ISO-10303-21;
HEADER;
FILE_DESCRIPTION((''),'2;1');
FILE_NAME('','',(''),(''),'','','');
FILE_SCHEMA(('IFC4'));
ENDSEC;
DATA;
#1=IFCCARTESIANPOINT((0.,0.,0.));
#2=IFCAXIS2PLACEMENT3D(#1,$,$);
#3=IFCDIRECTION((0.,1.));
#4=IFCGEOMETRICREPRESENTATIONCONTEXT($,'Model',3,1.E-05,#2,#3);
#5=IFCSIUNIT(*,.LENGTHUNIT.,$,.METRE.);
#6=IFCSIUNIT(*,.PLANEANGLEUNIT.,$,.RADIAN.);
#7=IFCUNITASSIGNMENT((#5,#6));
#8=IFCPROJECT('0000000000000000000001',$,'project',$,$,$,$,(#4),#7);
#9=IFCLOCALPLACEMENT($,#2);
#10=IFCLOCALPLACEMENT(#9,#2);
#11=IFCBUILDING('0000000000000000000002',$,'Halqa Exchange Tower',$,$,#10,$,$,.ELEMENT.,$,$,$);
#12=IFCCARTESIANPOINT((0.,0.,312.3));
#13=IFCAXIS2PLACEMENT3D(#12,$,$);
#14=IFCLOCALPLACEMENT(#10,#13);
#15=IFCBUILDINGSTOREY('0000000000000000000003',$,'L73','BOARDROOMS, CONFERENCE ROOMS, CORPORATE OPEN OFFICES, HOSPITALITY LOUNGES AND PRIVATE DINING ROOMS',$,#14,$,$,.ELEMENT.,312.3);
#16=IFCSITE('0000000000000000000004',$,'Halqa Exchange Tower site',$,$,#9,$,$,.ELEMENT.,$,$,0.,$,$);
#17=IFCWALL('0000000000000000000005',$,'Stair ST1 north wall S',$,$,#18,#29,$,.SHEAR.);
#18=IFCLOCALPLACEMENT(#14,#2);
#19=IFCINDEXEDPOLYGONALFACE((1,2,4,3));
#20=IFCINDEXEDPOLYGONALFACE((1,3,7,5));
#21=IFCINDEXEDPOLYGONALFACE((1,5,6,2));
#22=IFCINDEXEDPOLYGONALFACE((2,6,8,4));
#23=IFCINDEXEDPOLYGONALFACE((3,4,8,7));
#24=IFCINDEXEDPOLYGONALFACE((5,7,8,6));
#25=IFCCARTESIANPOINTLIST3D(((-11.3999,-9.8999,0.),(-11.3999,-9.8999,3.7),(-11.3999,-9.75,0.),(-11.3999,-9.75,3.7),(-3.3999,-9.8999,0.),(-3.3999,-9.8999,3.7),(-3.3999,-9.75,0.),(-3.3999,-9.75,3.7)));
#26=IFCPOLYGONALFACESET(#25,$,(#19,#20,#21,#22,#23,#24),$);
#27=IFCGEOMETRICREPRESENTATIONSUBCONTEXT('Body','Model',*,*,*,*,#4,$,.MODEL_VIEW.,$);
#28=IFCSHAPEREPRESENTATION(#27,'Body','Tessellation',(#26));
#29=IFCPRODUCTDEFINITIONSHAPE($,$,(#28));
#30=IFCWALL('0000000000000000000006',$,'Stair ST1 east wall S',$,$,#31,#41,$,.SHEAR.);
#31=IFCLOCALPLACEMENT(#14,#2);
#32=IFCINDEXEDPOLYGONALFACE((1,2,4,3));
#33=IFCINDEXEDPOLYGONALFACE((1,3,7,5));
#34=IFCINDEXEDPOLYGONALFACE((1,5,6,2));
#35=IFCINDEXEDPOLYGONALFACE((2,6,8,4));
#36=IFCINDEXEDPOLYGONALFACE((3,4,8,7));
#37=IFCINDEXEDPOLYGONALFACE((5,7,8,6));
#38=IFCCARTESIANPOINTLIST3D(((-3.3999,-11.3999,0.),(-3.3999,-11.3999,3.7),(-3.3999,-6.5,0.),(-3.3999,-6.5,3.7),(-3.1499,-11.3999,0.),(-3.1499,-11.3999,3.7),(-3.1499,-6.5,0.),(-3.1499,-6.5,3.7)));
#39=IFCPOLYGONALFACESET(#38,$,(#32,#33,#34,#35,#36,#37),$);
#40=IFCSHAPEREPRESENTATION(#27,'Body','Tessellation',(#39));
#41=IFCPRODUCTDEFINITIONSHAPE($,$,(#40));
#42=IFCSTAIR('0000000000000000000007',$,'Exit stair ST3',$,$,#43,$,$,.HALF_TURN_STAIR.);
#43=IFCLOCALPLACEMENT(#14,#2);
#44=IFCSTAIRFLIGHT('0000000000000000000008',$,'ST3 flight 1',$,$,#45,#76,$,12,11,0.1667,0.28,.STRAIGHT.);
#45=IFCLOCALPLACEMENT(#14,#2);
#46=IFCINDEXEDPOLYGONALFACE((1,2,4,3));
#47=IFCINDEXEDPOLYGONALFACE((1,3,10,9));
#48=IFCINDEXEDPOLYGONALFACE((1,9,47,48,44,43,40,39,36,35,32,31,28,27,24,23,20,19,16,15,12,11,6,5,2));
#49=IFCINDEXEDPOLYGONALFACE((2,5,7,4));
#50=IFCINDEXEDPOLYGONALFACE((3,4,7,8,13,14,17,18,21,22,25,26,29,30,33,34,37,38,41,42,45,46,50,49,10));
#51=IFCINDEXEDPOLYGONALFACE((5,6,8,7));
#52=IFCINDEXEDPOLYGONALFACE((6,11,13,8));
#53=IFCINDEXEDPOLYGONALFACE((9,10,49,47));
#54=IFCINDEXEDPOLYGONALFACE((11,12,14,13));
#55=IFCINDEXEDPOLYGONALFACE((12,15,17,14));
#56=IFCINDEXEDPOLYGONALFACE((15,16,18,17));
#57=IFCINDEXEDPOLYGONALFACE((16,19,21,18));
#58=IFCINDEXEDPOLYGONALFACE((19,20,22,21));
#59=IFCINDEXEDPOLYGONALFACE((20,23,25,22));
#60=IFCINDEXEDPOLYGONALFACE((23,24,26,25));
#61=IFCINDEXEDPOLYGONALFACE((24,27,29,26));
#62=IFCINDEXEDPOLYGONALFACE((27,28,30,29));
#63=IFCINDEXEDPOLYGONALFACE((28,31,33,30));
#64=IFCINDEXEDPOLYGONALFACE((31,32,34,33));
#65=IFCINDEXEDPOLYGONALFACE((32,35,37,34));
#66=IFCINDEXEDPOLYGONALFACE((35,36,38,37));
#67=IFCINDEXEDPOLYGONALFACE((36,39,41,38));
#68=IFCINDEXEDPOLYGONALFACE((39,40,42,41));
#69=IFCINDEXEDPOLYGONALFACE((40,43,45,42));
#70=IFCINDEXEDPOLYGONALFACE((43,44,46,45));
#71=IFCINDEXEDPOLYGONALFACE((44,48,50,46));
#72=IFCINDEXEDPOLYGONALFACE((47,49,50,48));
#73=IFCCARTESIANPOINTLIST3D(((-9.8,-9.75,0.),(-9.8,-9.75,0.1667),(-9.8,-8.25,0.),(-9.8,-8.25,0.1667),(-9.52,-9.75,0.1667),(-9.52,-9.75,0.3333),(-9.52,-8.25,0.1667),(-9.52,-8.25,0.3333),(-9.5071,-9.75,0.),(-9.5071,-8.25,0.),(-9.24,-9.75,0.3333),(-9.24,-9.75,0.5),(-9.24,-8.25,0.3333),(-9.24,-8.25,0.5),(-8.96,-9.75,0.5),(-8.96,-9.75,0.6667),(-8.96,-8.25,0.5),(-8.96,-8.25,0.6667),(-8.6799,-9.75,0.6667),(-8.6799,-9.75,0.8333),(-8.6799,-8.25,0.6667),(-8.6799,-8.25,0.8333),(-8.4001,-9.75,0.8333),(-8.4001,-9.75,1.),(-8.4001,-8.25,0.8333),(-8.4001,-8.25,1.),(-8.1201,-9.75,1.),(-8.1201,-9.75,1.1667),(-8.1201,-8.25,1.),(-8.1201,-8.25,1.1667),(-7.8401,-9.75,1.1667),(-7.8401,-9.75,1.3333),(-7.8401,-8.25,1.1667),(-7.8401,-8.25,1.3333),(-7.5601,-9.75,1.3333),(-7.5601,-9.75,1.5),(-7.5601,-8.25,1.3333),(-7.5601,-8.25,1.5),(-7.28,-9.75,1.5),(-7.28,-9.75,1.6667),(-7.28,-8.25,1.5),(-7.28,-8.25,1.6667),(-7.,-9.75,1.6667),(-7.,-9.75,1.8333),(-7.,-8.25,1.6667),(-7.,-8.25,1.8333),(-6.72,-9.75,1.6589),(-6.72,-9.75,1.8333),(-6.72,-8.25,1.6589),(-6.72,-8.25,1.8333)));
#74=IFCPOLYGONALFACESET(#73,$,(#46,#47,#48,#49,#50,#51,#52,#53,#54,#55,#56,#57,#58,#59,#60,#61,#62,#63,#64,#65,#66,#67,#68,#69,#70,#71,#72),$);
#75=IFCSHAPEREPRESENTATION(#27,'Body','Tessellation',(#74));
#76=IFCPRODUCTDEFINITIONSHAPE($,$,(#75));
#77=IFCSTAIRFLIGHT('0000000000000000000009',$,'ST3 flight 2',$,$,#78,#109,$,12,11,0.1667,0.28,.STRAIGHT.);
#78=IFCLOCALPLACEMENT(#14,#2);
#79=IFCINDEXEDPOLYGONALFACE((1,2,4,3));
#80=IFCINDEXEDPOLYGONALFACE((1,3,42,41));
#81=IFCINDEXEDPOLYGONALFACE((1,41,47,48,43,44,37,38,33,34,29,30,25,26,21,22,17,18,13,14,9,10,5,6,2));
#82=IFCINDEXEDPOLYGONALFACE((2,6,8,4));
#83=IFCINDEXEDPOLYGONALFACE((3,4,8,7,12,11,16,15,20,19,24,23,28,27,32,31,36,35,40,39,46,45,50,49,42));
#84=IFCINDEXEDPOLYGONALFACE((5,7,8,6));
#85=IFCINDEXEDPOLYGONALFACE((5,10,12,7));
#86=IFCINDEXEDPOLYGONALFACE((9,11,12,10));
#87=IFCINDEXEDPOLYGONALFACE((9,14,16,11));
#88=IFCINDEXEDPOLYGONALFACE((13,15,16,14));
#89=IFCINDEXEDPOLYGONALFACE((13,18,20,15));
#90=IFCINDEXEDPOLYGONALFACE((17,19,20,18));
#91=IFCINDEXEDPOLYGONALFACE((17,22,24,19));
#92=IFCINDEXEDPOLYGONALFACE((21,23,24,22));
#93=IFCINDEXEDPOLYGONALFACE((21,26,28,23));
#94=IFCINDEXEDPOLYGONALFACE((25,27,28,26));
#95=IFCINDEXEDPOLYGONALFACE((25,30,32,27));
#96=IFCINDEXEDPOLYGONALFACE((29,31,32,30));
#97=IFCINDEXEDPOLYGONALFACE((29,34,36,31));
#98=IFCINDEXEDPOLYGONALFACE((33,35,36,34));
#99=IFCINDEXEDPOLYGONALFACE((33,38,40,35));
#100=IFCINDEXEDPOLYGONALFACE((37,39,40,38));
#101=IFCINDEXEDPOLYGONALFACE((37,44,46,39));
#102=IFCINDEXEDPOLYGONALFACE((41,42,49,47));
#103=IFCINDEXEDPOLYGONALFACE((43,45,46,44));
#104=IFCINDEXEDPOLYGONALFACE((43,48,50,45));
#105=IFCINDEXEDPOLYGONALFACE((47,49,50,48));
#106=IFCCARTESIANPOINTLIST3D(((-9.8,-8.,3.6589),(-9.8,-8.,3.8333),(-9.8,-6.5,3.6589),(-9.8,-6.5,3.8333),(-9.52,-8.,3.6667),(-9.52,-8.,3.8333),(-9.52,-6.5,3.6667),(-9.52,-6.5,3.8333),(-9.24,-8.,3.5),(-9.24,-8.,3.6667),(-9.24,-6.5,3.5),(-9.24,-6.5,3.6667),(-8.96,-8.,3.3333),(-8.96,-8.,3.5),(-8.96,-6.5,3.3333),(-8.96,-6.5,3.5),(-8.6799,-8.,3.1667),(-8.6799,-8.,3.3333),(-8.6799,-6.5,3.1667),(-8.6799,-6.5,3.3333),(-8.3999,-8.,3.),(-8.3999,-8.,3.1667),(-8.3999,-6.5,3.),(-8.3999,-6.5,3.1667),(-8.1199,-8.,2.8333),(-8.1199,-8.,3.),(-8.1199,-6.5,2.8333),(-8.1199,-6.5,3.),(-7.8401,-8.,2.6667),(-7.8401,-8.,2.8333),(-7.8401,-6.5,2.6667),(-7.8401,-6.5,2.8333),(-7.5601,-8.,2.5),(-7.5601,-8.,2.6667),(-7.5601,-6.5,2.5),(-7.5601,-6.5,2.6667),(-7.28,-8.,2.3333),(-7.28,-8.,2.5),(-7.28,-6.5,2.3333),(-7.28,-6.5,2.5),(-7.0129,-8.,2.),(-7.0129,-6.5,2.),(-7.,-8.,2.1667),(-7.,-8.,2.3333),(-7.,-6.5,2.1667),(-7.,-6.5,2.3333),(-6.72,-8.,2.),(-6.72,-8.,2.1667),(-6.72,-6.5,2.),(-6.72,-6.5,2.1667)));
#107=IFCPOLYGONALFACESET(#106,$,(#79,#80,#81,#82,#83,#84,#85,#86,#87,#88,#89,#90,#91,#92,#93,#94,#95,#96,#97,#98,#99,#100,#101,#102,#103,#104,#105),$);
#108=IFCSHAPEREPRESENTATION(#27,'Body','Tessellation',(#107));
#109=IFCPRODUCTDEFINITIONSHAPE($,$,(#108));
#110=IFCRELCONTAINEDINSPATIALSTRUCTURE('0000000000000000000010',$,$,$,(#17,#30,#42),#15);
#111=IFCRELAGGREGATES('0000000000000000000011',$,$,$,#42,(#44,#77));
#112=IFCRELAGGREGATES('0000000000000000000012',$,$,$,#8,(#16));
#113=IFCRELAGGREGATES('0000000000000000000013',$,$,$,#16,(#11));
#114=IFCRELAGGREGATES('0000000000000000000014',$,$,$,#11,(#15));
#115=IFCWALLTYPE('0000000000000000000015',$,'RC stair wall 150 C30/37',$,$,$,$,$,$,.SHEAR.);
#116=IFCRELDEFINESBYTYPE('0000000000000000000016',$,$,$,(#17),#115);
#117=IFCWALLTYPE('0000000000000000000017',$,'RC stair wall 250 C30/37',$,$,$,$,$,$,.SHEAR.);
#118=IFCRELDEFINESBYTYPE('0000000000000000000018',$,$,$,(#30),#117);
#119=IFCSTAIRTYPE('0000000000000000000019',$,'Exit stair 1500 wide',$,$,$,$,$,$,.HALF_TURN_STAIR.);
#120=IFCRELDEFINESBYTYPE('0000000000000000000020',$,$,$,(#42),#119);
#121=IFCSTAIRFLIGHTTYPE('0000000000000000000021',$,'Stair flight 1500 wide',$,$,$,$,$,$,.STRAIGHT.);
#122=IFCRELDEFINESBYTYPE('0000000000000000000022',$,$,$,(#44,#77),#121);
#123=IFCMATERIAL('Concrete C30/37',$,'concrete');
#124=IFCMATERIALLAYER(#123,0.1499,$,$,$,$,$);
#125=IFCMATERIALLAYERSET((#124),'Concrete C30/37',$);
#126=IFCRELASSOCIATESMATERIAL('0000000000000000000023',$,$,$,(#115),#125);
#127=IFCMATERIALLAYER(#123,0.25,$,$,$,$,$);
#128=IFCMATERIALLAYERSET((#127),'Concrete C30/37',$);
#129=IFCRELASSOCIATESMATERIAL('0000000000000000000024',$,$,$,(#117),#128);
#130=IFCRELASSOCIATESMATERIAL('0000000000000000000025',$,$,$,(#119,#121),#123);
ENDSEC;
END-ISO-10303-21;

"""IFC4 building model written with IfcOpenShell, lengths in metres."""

from ifc_helpers import new_model, si_unit, direction, frame, frame_2d, origin, place, context, subcontext, project, spatial, polyline, rectangle, outline, extrude, material, layer, layer_set, type_object, element, aggregate, save


model = new_model("IFC4")

# Units and contexts
model_context = context("Model", 3, precision=1e-05, world=origin(), true_north=direction((0.0, 1.0)))
body_context = subcontext(model_context, "Body", "Model", "MODEL_VIEW")
ifc_project = project(units=[si_unit("LENGTHUNIT", "METRE"), si_unit("PLANEANGLEUNIT", "RADIAN")], contexts=[model_context])

# Site, building, storey
site_placement = place(None, origin())
site = spatial("IfcSite", under=ifc_project, at=site_placement, Name="Halqa Exchange Tower site", CompositionType="ELEMENT", RefElevation=0.0)
building_placement = place(site_placement, origin())
building = spatial("IfcBuilding", under=site, at=building_placement, Name="Halqa Exchange Tower", CompositionType="ELEMENT")
storey_placement = place(building_placement, frame((0.0, 0.0, 312.3)))
storey = spatial("IfcBuildingStorey", under=building, at=storey_placement, Name="L73", Description="BOARDROOMS, CONFERENCE ROOMS, CORPORATE OPEN OFFICES, HOSPITALITY LOUNGES AND PRIVATE DINING ROOMS", CompositionType="ELEMENT", Elevation=312.3)

# Walls
ifc_material_1 = material(Name="Concrete C30/37", Category="concrete")
ifc_layer_1 = layer(ifc_material_1, 0.1499)
ifc_layer_set_1 = layer_set([ifc_layer_1], Name="Concrete C30/37")
wall_type_1 = type_object("IfcWallType", Name="RC stair wall 150 C30/37", PredefinedType="SHEAR", material=ifc_layer_set_1)
wall_1_placement = place(storey_placement, frame((-11.3999, -9.825, 0.0), z_axis=(0.0, 0.0, 1.0), x_axis=(1.0, 0.0, 0.0)))
element("IfcWall", 1, at=wall_1_placement, inside=storey, type_object=wall_type_1, Name="Stair ST1 north wall S", PredefinedType="SHEAR", context=body_context, shape_type="SweptSolid", body=[
    extrude(rectangle(XDim=8.0, YDim=0.1499, at=frame_2d((4.0, 0.0))), origin(), (0.0, 0.0, 1.0), 3.7),
])
ifc_layer_2 = layer(ifc_material_1, 0.25)
ifc_layer_set_2 = layer_set([ifc_layer_2], Name="Concrete C30/37")
wall_type_2 = type_object("IfcWallType", Name="RC stair wall 250 C30/37", PredefinedType="SHEAR", material=ifc_layer_set_2)
wall_2_placement = place(storey_placement, frame((-3.2749, -11.3999, 0.0), z_axis=(0.0, 0.0, 1.0), x_axis=(0.0, 1.0, 0.0)))
element("IfcWall", 2, at=wall_2_placement, inside=storey, type_object=wall_type_2, Name="Stair ST1 east wall S", PredefinedType="SHEAR", context=body_context, shape_type="SweptSolid", body=[
    extrude(rectangle(XDim=4.8999, YDim=0.25, at=frame_2d((2.45, 0.0))), origin(), (0.0, 0.0, 1.0), 3.7),
])

# Stair, stair flights
stair_type = type_object("IfcStairType", Name="Exit stair 1500 wide", PredefinedType="HALF_TURN_STAIR", material=ifc_material_1)
stair_placement = place(storey_placement, origin())
stair = element("IfcStair", 3, at=stair_placement, inside=storey, type_object=stair_type, Name="Exit stair ST3", PredefinedType="HALF_TURN_STAIR")
stair_flight_type = type_object("IfcStairFlightType", Name="Stair flight 1500 wide", PredefinedType="STRAIGHT", material=ifc_material_1)
stair_flight_1_placement = place(storey_placement, frame((-9.8, -9.0, 0.0), z_axis=(0.0, 0.0, 1.0), x_axis=(1.0, 0.0, 0.0)))
stair_flight_1 = element("IfcStairFlight", 4, at=stair_flight_1_placement, type_object=stair_flight_type, Name="ST3 flight 1", NumberOfRisers=12, NumberOfTreads=11, PredefinedType="STRAIGHT", RiserHeight=0.1667, TreadLength=0.28, context=body_context, shape_type="SweptSolid", body=[
    extrude(outline(polyline([(0.0, 0.0), (0.0, 0.1667), (0.28, 0.1667), (0.28, 0.3333), (0.5601, 0.3333), (0.5601, 0.5), (0.8401, 0.5), (0.8401, 0.6667), (1.1201, 0.6667), (1.1201, 0.8333), (1.3999, 0.8333), (1.3999, 1.0), (1.6799, 1.0), (1.6799, 1.1667), (1.96, 1.1667), (1.96, 1.3333), (2.24, 1.3333), (2.24, 1.5), (2.52, 1.5), (2.52, 1.6667), (2.8, 1.6667), (2.8, 1.8333), (3.0801, 1.8333), (3.0801, 2.0), (3.0801, 1.6589), (0.293, 0.0), (0.0, 0.0)])), frame((0.0, 0.75, 0.0), z_axis=(0.0, -1.0, 0.0), x_axis=(1.0, 0.0, 0.0)), (0.0, 0.0, 1.0), 1.5),
])
stair_flight_2_placement = place(storey_placement, frame((-6.72, -7.25, 2.0), z_axis=(0.0, 0.0, 1.0), x_axis=(-1.0, 0.0, 0.0)))
stair_flight_2 = element("IfcStairFlight", 5, at=stair_flight_2_placement, type_object=stair_flight_type, Name="ST3 flight 2", NumberOfRisers=12, NumberOfTreads=11, PredefinedType="STRAIGHT", RiserHeight=0.1667, TreadLength=0.28, context=body_context, shape_type="SweptSolid", body=[
    extrude(outline(polyline([(0.0, 0.0), (0.0, 0.1667), (0.28, 0.1667), (0.28, 0.3333), (0.5601, 0.3333), (0.5601, 0.5), (0.8401, 0.5), (0.8401, 0.6667), (1.1201, 0.6667), (1.1201, 0.8333), (1.3999, 0.8333), (1.3999, 1.0), (1.6799, 1.0), (1.6799, 1.1667), (1.96, 1.1667), (1.96, 1.3333), (2.24, 1.3333), (2.24, 1.5), (2.52, 1.5), (2.52, 1.6667), (2.8, 1.6667), (2.8, 1.8333), (3.0801, 1.8333), (3.0801, 2.0), (3.0801, 1.6589), (0.293, 0.0), (0.0, 0.0)])), frame((0.0, 0.75, 0.0), z_axis=(0.0, -1.0, 0.0), x_axis=(1.0, 0.0, 0.0)), (0.0, 0.0, 1.0), 1.5),
])
aggregate(stair, [stair_flight_1, stair_flight_2])

save(model, "model.ifc")
